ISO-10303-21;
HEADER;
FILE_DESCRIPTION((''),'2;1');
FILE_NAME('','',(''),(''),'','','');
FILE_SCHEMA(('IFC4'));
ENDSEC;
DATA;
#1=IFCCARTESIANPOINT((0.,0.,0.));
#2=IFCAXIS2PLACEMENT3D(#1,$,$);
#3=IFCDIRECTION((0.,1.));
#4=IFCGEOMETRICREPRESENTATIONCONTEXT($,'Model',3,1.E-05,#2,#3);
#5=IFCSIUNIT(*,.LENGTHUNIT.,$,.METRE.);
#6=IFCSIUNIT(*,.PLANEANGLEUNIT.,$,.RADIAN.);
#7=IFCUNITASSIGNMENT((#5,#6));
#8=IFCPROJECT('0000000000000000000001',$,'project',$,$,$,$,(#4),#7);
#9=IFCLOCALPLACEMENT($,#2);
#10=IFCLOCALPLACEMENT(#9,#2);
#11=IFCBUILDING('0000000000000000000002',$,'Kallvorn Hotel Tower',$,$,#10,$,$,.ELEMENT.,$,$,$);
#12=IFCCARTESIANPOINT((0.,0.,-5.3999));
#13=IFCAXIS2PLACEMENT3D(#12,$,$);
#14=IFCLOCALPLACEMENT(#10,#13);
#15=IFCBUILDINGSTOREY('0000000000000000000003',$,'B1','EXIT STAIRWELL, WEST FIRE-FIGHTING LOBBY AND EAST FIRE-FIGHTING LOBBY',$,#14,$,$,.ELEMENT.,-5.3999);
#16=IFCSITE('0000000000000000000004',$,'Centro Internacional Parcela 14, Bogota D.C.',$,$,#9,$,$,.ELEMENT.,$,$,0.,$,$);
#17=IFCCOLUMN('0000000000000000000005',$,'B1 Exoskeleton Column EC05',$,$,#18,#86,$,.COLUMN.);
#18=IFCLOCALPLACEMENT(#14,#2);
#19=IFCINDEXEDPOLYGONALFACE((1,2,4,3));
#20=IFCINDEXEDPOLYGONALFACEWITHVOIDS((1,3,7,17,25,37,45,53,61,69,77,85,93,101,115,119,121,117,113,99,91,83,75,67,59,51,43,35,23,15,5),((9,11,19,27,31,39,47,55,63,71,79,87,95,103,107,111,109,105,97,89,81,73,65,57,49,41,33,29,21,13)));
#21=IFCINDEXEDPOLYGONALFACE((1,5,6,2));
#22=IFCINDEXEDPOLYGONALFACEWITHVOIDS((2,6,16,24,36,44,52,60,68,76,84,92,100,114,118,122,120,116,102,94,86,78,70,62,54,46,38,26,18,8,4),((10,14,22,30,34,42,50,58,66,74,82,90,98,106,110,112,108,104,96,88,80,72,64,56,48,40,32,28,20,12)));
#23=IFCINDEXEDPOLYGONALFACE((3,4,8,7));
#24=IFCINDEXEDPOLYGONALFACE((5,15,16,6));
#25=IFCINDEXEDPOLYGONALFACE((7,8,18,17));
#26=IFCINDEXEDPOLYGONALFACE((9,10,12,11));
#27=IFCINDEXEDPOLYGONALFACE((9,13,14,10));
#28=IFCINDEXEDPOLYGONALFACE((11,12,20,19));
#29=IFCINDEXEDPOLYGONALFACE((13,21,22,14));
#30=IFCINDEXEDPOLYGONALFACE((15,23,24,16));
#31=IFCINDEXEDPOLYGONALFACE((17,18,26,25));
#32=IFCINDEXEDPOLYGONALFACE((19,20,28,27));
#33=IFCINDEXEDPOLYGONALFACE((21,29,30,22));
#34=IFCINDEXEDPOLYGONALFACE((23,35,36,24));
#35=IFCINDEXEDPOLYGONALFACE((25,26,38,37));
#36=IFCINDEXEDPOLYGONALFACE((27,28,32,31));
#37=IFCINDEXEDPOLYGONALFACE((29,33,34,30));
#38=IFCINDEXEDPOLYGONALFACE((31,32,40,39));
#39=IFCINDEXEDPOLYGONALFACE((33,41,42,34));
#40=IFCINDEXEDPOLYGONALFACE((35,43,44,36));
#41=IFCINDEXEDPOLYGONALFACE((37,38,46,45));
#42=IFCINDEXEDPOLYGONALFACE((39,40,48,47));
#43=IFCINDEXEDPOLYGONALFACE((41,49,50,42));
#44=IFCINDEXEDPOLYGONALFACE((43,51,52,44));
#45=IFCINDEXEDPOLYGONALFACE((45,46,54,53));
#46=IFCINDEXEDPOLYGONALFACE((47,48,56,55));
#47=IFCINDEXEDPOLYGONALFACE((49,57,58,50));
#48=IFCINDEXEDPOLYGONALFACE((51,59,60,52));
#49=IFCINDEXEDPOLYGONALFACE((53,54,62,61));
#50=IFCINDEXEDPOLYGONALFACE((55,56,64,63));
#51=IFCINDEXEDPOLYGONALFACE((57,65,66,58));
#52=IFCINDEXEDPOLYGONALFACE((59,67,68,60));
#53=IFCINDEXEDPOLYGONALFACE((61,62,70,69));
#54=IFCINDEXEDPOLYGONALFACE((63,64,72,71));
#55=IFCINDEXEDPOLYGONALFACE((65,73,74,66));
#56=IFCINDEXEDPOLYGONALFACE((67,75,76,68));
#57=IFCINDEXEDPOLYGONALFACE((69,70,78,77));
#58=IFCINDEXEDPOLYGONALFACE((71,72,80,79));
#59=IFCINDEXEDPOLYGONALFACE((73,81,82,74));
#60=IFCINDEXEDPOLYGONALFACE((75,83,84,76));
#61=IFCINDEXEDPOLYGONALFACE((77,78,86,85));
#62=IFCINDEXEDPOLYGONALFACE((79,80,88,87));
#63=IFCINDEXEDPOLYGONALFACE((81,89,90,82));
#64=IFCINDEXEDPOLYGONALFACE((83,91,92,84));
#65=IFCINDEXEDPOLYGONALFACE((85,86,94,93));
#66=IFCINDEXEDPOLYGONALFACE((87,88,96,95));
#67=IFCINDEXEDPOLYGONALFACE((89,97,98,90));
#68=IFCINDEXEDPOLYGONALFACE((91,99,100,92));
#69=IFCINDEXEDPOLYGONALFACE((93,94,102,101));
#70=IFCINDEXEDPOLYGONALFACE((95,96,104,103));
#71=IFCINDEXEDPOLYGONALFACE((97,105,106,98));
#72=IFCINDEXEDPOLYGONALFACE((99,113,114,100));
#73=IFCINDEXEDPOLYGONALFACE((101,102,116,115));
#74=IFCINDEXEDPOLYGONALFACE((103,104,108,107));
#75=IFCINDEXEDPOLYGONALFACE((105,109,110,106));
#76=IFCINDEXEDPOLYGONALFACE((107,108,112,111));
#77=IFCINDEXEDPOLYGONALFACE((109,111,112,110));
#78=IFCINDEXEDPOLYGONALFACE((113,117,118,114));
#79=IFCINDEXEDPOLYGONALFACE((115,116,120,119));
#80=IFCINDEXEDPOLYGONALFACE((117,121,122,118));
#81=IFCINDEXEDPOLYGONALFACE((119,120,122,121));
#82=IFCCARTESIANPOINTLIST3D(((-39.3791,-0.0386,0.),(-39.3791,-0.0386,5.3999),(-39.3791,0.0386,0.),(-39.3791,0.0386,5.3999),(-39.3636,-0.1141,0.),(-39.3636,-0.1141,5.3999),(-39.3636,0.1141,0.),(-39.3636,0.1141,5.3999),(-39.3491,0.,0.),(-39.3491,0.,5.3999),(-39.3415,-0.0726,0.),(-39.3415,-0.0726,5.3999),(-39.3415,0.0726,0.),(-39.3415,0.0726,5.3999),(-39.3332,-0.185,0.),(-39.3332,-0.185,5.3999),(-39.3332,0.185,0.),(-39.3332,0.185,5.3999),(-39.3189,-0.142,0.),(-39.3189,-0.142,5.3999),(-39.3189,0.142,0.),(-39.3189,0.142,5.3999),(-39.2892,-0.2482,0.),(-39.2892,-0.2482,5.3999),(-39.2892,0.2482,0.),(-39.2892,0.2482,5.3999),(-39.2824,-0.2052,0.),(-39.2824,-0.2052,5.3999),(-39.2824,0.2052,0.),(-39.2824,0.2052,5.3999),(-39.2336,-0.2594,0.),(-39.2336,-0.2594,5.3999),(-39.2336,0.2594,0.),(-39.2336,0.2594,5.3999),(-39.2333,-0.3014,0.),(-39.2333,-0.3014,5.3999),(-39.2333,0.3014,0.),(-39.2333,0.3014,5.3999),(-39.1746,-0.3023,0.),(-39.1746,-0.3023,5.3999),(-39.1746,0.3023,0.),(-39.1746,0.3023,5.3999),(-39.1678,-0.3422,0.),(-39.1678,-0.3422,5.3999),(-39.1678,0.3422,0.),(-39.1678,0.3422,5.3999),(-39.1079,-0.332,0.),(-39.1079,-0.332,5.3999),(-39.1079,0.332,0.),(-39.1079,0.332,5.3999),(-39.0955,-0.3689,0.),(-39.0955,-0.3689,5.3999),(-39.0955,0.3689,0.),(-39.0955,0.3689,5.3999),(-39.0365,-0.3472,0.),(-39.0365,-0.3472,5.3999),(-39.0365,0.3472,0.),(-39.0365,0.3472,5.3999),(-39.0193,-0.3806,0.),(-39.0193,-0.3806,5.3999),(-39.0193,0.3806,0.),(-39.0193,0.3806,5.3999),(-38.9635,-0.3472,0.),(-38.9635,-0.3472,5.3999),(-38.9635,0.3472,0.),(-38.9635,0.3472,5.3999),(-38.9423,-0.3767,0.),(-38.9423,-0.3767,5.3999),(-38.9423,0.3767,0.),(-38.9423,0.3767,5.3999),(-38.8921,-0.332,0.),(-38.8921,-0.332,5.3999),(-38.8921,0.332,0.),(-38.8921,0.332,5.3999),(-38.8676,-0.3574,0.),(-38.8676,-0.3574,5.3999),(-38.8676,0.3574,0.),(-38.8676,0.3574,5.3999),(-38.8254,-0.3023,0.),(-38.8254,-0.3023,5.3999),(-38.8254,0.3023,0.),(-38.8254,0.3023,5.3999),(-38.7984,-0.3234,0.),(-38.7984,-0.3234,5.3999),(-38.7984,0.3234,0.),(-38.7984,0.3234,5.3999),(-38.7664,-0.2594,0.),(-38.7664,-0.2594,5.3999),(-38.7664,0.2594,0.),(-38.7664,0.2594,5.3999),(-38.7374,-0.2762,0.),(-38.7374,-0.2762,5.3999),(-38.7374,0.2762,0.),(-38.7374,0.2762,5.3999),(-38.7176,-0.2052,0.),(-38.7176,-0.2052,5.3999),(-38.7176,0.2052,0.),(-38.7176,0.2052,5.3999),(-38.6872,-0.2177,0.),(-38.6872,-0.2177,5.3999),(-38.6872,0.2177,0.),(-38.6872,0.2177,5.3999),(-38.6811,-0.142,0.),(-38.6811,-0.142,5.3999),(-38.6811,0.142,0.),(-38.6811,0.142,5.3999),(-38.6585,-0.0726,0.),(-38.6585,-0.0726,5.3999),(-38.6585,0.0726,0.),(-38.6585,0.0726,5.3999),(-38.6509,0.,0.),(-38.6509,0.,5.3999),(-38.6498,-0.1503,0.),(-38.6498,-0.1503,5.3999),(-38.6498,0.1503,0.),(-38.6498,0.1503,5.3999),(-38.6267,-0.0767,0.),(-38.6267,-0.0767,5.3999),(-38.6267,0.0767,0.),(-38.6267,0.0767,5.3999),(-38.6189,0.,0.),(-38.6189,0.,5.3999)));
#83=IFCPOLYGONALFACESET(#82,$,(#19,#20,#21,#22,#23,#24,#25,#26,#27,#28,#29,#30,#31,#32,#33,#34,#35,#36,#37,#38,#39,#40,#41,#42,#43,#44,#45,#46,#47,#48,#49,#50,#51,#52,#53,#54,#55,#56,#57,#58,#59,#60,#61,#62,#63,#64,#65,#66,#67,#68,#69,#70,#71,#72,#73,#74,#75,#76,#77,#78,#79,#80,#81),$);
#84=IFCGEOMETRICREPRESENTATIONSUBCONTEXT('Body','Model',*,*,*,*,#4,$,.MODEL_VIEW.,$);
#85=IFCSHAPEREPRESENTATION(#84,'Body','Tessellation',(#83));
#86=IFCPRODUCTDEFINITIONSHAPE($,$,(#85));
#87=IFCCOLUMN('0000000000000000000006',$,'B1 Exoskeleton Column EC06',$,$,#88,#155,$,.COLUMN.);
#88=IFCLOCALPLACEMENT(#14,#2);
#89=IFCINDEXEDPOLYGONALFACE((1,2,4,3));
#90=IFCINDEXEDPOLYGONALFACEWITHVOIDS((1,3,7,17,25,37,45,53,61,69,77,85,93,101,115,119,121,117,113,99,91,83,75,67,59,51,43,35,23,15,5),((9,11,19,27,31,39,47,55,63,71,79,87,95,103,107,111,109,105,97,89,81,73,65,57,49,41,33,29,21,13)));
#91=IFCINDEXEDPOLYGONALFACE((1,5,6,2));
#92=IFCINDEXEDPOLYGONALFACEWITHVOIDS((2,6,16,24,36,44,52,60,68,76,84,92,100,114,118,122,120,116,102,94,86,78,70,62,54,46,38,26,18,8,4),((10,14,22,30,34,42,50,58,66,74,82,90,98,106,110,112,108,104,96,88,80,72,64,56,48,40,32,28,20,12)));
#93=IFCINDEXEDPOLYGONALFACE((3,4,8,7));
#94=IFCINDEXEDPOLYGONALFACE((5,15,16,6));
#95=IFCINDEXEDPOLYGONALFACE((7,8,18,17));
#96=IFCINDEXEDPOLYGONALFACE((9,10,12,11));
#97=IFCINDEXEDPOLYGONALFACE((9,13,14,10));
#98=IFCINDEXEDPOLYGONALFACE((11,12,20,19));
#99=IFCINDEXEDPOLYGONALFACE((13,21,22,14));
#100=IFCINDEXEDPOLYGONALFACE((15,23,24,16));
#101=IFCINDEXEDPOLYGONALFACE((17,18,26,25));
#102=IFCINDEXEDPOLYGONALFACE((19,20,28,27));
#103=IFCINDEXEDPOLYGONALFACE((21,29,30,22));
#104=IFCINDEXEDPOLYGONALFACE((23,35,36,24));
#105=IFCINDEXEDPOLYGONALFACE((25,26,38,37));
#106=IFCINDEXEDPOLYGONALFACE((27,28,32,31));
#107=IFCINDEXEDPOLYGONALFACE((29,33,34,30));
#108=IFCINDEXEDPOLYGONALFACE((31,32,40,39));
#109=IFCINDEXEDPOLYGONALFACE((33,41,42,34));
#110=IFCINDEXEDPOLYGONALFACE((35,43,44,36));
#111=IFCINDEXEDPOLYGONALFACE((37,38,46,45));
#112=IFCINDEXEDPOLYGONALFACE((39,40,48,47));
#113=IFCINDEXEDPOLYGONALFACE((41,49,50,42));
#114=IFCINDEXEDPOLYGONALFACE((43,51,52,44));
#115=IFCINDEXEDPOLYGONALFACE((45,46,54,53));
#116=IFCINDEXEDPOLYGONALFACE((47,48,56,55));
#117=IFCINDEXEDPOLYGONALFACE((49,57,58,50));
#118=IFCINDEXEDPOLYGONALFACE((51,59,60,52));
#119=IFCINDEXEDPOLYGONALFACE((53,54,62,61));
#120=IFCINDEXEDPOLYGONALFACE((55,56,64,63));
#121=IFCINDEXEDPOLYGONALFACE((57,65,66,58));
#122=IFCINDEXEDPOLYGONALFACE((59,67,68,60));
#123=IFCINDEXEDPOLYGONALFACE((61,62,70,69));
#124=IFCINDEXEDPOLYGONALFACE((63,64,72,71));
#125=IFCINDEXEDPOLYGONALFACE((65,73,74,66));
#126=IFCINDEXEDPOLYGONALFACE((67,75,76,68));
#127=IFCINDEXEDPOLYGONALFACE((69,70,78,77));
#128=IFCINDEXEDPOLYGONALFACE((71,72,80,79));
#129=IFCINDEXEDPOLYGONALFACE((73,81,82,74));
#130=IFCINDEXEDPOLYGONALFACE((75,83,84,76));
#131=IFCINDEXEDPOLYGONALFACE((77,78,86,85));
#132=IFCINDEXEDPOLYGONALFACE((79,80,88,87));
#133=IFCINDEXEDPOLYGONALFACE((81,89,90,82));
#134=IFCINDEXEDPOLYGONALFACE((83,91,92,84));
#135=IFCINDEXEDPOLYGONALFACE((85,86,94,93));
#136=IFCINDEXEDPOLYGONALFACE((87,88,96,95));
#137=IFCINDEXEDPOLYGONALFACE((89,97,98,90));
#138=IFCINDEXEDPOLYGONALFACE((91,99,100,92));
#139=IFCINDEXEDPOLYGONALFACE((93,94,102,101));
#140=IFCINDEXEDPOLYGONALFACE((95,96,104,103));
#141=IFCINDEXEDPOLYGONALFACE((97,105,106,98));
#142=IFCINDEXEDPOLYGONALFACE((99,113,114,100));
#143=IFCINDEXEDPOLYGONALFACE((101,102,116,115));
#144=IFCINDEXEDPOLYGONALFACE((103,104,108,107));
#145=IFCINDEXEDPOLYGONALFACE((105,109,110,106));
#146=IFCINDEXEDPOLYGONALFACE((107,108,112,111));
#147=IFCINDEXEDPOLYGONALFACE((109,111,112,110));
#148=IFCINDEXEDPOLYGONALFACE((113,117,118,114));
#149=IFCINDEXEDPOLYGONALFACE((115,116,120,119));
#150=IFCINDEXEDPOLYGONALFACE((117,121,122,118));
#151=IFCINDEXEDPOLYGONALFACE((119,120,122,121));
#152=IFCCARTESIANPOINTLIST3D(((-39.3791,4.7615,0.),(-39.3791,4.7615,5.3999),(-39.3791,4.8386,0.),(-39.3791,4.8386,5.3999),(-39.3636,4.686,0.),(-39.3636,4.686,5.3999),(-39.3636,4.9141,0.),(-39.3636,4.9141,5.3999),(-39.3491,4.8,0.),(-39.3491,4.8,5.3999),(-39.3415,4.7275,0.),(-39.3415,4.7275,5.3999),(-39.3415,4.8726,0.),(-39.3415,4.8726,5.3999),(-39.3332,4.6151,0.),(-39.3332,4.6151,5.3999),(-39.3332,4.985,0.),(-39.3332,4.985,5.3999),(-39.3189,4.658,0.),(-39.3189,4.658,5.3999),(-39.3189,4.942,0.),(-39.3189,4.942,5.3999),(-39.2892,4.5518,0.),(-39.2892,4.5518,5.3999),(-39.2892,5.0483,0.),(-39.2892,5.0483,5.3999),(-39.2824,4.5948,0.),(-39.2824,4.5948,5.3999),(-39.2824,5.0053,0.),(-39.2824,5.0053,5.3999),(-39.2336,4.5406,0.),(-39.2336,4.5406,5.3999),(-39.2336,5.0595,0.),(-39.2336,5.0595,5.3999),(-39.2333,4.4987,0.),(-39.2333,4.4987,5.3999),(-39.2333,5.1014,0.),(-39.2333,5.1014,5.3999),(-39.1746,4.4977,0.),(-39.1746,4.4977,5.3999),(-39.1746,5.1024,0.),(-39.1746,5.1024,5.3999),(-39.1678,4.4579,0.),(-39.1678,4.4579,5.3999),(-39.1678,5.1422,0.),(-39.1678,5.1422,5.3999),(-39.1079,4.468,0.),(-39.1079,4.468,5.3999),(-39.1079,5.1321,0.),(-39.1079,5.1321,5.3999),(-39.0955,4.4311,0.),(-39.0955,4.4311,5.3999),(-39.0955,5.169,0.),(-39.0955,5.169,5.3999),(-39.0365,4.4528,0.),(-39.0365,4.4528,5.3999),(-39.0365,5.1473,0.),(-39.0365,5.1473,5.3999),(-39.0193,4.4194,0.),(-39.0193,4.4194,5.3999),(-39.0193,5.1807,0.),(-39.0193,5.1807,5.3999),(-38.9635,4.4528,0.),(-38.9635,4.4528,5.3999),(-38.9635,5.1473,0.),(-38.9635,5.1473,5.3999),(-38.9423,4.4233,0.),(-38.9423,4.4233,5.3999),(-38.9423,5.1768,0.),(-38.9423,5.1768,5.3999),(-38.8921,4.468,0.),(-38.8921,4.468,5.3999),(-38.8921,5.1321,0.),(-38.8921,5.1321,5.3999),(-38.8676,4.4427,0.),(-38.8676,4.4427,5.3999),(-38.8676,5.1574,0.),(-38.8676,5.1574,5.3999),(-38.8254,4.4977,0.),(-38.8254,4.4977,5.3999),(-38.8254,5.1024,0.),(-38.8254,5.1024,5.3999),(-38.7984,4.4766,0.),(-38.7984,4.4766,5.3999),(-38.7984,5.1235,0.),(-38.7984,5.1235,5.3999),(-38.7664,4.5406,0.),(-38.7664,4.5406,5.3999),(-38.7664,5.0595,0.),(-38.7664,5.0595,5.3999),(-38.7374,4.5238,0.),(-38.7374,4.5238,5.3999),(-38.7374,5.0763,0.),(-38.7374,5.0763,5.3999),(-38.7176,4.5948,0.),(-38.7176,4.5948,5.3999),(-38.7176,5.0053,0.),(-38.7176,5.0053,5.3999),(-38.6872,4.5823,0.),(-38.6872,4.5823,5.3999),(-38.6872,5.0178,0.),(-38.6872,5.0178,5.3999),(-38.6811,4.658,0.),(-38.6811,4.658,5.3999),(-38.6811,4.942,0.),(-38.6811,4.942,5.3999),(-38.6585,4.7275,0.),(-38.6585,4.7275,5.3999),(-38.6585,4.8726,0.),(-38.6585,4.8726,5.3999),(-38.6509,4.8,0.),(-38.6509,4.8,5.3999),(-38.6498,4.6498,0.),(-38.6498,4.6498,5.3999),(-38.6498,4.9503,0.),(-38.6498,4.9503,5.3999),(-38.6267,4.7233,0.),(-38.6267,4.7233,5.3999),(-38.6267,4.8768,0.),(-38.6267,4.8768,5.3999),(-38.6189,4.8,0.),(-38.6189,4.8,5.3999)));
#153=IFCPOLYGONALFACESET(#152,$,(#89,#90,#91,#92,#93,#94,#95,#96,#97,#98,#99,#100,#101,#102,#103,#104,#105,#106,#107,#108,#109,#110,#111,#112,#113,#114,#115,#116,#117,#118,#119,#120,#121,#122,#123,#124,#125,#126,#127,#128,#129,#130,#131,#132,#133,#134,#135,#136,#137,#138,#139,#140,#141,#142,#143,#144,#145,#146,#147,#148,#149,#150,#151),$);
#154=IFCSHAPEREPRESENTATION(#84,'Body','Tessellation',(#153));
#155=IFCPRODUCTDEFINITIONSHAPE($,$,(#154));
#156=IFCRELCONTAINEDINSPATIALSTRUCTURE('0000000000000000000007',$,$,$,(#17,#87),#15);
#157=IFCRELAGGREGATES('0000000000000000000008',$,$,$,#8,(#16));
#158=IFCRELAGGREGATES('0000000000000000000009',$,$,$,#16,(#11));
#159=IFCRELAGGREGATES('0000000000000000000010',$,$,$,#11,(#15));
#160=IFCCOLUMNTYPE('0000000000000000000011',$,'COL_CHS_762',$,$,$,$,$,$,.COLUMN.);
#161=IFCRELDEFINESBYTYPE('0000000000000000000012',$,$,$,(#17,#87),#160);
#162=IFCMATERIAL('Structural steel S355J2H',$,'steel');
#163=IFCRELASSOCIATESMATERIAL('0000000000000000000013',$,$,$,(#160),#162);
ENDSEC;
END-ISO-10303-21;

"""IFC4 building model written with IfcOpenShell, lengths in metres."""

from ifc_helpers import new_model, si_unit, direction, frame, origin, origin_2d, place, context, subcontext, project, spatial, hollow_circle, extrude, material, material_profile, profile_set, type_object, element, save


model = new_model("IFC4")

# Units and contexts
model_context = context("Model", 3, precision=1e-05, world=origin(), true_north=direction((0.0, 1.0)))
body_context = subcontext(model_context, "Body", "Model", "MODEL_VIEW")
ifc_project = project(units=[si_unit("LENGTHUNIT", "METRE"), si_unit("PLANEANGLEUNIT", "RADIAN")], contexts=[model_context])

# Site, building, storey
site_placement = place(None, origin())
site = spatial("IfcSite", under=ifc_project, at=site_placement, Name="Centro Internacional Parcela 14, Bogota D.C.", CompositionType="ELEMENT", RefElevation=0.0)
building_placement = place(site_placement, origin())
building = spatial("IfcBuilding", under=site, at=building_placement, Name="Kallvorn Hotel Tower", CompositionType="ELEMENT")
storey_placement = place(building_placement, frame((0.0, 0.0, -5.3999)))
storey = spatial("IfcBuildingStorey", under=building, at=storey_placement, Name="B1", Description="EXIT STAIRWELL, WEST FIRE-FIGHTING LOBBY AND EAST FIRE-FIGHTING LOBBY", CompositionType="ELEMENT", Elevation=-5.3999)

# Columns
ifc_material_1 = material(Name="Structural steel S355J2H", Category="steel")
ifc_material_profile_1 = material_profile(ifc_material_1, hollow_circle(Radius=0.3811, WallThickness=0.032, at=origin_2d()), Name="CHS 762x32")
ifc_profile_set_1 = profile_set([ifc_material_profile_1], Name="Structural steel S355J2H")
column_type_1 = type_object("IfcColumnType", Name="COL_CHS_762", PredefinedType="COLUMN", material=ifc_profile_set_1)
for number, where, z_axis, x_axis, name in (
    (1, (-39.0, 0.0, 0.0), (0.0, 0.0, 1.0), (1.0, 0.0, 0.0), "B1 Exoskeleton Column EC05"),
    (2, (-39.0, 4.8, 0.0), (0.0, 0.0, 1.0), (1.0, 0.0, 0.0), "B1 Exoskeleton Column EC06"),
):
    element("IfcColumn", number, at=place(storey_placement, frame(where, z_axis=z_axis, x_axis=x_axis)), inside=storey, type_object=column_type_1, Name=name, PredefinedType="COLUMN", context=body_context, shape_type="SweptSolid", body=[
        extrude(hollow_circle(Radius=0.3811, WallThickness=0.032, at=origin_2d()), origin(), (0.0, 0.0, 1.0), 5.3999),
    ])

save(model, "model.ifc")
